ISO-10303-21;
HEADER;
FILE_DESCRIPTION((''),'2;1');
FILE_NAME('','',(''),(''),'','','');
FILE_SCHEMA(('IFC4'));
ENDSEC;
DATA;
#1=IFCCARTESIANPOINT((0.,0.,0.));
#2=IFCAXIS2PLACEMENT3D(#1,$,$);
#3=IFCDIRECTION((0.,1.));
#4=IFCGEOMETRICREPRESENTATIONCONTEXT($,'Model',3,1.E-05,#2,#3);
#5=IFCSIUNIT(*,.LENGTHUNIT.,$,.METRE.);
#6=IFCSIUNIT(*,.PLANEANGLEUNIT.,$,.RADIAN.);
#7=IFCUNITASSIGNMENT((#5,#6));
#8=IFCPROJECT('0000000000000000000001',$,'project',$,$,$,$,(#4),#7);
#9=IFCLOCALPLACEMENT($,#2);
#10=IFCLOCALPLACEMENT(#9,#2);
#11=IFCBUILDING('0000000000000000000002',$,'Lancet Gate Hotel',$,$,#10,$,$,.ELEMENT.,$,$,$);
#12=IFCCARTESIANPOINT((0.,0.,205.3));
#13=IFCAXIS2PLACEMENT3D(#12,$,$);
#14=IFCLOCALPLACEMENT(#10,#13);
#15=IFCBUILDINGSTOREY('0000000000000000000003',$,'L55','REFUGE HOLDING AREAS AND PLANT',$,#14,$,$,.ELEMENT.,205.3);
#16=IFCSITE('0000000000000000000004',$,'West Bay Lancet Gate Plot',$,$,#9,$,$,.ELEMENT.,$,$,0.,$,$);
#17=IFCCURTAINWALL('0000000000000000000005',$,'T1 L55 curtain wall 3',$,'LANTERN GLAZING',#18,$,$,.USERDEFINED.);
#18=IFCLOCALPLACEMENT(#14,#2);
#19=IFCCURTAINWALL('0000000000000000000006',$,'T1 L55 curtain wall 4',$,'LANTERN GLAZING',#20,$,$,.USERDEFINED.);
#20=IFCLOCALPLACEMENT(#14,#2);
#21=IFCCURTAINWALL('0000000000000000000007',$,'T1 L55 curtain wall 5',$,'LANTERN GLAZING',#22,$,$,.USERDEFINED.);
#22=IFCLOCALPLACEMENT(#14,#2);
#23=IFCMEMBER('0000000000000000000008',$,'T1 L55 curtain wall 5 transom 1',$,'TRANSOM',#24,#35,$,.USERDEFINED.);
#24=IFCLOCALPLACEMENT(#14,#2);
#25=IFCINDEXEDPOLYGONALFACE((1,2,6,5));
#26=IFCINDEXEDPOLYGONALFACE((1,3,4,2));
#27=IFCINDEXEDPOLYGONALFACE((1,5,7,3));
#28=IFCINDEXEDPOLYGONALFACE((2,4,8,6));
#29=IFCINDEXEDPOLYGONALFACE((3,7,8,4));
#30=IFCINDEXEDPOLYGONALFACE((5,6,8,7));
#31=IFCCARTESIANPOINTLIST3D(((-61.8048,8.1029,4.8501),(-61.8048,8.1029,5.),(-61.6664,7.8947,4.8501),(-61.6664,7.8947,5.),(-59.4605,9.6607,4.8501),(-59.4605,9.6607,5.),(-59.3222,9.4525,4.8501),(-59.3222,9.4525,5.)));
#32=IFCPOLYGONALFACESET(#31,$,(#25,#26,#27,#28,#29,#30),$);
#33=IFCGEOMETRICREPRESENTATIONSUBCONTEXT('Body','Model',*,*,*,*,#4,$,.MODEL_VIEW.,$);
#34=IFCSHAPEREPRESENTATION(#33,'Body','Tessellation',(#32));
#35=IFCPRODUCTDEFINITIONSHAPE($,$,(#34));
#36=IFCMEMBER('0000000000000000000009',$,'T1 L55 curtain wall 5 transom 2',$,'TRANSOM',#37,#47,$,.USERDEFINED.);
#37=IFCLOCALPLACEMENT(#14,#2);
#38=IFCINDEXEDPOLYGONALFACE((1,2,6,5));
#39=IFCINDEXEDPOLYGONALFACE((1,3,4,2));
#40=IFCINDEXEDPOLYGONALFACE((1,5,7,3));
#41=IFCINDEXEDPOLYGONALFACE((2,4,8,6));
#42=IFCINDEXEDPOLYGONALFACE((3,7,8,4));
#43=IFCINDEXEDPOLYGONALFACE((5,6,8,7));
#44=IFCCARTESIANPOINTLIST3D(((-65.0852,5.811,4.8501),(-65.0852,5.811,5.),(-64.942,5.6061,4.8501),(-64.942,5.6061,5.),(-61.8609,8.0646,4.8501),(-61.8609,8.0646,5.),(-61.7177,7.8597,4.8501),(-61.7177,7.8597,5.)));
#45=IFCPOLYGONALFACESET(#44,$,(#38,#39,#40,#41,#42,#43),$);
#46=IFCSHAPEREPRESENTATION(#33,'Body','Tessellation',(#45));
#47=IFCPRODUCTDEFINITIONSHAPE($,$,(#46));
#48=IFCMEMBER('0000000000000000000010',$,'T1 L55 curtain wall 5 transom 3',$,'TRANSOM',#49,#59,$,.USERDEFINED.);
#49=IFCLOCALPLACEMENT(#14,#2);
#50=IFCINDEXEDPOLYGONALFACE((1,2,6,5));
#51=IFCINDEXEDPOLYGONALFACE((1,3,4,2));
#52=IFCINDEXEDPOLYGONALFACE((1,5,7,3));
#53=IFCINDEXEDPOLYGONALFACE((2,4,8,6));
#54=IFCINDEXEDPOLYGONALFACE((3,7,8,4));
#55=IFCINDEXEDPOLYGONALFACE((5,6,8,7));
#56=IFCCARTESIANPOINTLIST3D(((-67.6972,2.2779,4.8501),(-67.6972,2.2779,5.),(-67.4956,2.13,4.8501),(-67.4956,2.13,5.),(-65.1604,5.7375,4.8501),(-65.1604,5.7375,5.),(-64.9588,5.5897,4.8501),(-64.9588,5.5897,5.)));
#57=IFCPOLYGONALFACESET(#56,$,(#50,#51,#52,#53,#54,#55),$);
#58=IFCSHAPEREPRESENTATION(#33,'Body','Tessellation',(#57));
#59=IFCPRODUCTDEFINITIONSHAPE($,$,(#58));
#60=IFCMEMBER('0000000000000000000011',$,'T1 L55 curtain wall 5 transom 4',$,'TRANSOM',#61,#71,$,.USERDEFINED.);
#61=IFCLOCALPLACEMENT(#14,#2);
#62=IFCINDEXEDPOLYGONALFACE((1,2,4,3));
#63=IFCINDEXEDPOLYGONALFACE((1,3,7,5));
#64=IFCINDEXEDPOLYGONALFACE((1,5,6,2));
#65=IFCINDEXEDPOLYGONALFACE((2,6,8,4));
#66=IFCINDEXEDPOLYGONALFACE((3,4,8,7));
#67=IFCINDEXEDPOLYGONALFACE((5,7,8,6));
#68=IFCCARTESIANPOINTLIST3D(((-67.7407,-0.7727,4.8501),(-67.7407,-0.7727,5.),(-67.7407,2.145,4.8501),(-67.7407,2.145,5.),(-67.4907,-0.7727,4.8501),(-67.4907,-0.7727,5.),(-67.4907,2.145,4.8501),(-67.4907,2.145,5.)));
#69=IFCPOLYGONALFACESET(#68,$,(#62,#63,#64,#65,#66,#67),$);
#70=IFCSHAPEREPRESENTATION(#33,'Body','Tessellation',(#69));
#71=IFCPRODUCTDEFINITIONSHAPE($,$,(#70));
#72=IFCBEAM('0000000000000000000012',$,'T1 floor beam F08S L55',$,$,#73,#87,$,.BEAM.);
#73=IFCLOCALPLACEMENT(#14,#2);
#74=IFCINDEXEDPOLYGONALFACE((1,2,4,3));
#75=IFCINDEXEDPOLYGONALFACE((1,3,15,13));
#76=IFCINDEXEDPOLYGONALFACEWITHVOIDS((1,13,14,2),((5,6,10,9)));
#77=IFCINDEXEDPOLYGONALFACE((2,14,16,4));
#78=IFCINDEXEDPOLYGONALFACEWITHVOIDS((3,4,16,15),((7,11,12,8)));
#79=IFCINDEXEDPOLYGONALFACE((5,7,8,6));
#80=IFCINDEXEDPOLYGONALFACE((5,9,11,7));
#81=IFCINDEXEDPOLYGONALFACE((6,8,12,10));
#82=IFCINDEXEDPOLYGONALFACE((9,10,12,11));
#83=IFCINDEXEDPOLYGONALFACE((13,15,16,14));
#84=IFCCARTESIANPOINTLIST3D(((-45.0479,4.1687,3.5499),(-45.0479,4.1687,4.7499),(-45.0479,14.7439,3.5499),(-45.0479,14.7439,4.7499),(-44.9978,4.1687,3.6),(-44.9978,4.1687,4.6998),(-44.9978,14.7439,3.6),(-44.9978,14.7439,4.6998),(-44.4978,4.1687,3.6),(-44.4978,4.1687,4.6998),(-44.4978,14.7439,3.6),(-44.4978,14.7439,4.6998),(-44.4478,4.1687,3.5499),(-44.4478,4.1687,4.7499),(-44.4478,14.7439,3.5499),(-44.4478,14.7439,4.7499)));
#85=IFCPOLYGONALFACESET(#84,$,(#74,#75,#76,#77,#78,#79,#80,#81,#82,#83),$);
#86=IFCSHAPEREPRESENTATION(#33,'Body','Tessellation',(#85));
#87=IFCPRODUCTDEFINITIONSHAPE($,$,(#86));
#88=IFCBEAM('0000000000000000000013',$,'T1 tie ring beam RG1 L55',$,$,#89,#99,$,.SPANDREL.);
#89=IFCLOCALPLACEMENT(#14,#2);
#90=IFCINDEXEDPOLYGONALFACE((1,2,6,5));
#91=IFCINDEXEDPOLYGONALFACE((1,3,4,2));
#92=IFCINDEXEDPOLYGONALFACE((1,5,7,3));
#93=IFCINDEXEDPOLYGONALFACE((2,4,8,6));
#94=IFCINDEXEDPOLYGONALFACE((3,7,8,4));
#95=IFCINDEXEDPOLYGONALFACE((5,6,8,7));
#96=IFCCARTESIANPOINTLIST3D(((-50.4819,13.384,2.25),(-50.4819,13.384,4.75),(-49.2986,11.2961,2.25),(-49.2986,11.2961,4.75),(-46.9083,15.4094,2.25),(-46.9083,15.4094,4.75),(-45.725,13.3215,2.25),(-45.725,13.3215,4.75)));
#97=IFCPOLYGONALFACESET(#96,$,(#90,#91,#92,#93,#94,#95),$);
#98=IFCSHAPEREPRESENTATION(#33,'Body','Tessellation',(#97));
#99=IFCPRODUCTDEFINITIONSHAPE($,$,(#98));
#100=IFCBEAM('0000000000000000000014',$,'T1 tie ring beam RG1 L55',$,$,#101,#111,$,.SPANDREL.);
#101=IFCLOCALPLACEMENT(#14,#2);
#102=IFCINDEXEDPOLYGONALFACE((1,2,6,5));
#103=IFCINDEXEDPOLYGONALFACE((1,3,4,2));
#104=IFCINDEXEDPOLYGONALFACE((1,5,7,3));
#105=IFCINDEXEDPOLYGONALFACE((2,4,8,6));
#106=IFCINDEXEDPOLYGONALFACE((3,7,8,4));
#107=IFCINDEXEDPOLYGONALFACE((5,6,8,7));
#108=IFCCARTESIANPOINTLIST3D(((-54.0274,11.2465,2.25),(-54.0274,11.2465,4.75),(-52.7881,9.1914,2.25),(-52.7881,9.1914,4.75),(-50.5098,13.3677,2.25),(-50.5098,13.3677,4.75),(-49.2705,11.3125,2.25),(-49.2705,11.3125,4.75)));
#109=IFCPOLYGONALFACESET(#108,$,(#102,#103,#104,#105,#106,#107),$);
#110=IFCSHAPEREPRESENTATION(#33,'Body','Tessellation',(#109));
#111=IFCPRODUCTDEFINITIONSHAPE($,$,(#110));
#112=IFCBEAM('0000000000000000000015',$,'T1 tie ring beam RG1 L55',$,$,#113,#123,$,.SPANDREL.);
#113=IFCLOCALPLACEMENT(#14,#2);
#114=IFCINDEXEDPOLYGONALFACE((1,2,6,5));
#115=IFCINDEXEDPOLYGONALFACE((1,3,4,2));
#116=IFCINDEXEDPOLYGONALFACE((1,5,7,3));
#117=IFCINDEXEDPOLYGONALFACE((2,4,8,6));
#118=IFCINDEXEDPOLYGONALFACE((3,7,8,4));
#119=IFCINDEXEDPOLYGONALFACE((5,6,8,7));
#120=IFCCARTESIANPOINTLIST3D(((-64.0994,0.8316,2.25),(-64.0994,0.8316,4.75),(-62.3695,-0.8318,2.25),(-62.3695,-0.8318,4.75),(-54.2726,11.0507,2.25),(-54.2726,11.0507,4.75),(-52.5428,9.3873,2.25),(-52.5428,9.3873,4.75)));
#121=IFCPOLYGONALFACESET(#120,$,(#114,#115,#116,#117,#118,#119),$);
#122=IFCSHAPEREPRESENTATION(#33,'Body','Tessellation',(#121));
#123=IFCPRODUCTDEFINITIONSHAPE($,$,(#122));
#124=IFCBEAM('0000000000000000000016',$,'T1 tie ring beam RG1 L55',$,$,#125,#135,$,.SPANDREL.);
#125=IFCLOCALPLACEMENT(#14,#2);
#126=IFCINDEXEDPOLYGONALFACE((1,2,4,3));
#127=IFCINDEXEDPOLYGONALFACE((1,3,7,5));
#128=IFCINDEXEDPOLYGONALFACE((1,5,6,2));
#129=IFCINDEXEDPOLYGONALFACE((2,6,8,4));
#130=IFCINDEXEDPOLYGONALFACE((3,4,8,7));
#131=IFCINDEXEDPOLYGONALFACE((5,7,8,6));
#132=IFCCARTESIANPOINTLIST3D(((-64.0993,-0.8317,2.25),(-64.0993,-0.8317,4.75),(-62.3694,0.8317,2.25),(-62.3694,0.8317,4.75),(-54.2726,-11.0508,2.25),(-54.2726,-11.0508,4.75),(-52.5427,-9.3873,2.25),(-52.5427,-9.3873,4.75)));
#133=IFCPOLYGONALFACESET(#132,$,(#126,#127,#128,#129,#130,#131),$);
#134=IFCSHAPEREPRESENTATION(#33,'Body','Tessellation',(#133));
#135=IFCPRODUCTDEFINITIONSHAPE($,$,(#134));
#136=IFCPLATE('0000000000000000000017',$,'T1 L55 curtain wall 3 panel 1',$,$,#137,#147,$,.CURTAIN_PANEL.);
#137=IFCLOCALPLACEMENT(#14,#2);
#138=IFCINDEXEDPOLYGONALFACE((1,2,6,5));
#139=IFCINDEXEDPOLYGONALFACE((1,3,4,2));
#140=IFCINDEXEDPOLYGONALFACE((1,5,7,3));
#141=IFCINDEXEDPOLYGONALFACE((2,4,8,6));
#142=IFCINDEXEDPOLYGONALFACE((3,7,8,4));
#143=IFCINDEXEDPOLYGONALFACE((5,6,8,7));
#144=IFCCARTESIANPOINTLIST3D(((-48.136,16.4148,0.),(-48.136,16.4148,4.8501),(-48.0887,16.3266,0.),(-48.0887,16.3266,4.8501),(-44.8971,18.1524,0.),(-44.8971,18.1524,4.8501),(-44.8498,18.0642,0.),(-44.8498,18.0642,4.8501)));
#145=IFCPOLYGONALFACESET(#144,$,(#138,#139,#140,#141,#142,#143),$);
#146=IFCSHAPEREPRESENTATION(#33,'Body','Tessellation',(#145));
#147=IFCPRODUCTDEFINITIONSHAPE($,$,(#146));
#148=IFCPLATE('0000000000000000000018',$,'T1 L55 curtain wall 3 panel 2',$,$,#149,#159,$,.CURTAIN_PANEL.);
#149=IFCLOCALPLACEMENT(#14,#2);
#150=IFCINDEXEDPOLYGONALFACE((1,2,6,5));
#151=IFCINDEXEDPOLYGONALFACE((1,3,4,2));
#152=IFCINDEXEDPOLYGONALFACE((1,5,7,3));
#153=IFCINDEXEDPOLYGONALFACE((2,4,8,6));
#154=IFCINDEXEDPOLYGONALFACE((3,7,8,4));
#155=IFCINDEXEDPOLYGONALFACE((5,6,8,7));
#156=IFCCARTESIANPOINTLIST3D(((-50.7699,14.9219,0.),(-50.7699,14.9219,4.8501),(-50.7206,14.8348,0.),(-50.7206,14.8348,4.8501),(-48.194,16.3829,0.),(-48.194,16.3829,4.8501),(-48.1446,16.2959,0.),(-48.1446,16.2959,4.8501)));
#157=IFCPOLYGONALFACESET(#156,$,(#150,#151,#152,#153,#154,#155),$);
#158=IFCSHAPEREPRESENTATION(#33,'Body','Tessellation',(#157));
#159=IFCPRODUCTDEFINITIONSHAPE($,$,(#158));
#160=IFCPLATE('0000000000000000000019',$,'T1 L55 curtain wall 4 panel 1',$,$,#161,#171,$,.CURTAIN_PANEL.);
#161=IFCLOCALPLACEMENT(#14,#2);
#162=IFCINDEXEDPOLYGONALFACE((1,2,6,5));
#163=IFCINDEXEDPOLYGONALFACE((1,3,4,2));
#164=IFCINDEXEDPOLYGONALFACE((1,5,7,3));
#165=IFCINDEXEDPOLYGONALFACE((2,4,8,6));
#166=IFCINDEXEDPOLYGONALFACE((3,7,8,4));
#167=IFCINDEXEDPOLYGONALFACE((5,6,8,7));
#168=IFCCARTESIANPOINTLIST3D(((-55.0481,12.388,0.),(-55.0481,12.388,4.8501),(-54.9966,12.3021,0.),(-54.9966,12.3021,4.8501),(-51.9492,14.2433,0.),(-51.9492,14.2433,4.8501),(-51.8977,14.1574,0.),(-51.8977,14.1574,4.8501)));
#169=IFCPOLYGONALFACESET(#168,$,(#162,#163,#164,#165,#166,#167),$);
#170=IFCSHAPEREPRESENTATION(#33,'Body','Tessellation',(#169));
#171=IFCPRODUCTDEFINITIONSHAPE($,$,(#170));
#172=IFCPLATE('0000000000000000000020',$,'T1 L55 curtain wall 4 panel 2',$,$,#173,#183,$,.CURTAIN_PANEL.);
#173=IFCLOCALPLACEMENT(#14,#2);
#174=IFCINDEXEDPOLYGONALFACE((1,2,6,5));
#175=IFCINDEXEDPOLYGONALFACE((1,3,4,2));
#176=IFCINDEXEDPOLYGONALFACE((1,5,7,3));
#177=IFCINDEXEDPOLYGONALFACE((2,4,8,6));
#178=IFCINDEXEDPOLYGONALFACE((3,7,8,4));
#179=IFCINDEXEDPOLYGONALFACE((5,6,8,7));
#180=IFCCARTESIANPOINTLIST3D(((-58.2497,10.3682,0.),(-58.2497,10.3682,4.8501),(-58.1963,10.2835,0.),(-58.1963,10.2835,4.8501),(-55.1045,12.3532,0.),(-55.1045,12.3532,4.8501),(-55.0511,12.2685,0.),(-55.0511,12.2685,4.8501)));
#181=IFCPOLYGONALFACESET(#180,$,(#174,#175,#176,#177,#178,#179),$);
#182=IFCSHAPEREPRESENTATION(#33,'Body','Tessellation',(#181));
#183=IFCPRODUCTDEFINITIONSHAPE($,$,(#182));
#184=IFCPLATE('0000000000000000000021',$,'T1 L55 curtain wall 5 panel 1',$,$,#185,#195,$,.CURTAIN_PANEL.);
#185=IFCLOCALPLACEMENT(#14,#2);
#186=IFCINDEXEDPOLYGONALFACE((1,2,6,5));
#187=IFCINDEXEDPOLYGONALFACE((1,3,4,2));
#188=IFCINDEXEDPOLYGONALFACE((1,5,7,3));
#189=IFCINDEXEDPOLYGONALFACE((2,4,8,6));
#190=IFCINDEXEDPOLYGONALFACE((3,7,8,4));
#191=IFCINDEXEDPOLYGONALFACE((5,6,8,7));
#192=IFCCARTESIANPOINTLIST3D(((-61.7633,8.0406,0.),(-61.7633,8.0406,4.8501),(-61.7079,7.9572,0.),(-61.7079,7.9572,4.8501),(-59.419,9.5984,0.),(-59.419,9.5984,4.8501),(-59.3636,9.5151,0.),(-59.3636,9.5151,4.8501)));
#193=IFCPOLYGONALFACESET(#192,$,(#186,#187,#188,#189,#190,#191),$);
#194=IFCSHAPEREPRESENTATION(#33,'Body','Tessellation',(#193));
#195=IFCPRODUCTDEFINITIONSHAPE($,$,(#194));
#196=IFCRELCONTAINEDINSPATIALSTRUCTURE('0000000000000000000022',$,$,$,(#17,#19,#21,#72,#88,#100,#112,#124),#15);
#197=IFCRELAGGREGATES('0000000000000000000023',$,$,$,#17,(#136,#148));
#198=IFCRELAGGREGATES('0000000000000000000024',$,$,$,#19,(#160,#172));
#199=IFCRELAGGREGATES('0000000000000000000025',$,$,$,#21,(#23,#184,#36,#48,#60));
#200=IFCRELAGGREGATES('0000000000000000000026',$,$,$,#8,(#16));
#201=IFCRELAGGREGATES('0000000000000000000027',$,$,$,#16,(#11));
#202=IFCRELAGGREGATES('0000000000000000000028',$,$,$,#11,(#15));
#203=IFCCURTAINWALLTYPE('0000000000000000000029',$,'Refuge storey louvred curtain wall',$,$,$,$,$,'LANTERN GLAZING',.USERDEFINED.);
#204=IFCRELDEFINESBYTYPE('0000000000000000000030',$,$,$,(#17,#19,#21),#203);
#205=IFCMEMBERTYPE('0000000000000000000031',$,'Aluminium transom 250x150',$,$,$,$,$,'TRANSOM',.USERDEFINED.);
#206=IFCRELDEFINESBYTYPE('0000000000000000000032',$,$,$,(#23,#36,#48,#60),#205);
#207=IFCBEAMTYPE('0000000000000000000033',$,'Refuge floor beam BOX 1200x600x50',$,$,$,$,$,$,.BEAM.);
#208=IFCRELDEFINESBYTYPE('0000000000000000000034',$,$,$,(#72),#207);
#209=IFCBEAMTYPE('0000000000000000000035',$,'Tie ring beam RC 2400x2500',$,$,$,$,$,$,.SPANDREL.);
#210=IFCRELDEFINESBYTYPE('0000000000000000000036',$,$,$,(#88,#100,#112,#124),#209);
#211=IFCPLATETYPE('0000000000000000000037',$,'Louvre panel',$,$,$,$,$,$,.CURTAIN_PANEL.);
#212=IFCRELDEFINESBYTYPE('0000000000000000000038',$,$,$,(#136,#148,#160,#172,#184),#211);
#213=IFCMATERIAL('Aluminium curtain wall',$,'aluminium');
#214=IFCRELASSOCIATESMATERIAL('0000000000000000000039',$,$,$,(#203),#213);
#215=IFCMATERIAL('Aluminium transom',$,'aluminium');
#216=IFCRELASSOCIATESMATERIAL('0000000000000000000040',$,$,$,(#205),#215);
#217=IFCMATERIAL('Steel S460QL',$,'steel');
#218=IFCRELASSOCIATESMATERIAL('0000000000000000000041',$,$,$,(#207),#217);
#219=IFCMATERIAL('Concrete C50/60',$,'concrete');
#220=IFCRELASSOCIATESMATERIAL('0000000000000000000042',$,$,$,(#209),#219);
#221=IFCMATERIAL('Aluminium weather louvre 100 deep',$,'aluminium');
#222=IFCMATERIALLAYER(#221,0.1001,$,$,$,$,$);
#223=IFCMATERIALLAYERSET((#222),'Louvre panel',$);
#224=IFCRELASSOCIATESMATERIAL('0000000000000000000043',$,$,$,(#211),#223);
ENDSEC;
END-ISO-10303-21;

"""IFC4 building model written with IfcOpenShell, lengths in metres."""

from ifc_helpers import new_model, si_unit, direction, frame, origin, origin_2d, place, context, subcontext, project, spatial, rectangle, hollow_rectangle, extrude, material, layer, layer_set, material_profile, profile_set, type_object, element, aggregate, save


model = new_model("IFC4")

# Units and contexts
model_context = context("Model", 3, precision=1e-05, world=origin(), true_north=direction((0.0, 1.0)))
body_context = subcontext(model_context, "Body", "Model", "MODEL_VIEW")
ifc_project = project(units=[si_unit("LENGTHUNIT", "METRE"), si_unit("PLANEANGLEUNIT", "RADIAN")], contexts=[model_context])

# Site, building, storey
site_placement = place(None, origin())
site = spatial("IfcSite", under=ifc_project, at=site_placement, Name="West Bay Lancet Gate Plot", CompositionType="ELEMENT", RefElevation=0.0)
building_placement = place(site_placement, origin())
building = spatial("IfcBuilding", under=site, at=building_placement, Name="Lancet Gate Hotel", CompositionType="ELEMENT")
storey_placement = place(building_placement, frame((0.0, 0.0, 205.3)))
storey = spatial("IfcBuildingStorey", under=building, at=storey_placement, Name="L55", Description="REFUGE HOLDING AREAS AND PLANT", CompositionType="ELEMENT", Elevation=205.3)

# Curtain walls
ifc_material_1 = material(Name="Aluminium curtain wall", Category="aluminium")
curtain_wall_type = type_object("IfcCurtainWallType", Name="Refuge storey louvred curtain wall", ElementType="LANTERN GLAZING", PredefinedType="USERDEFINED", material=ifc_material_1)
curtain_wall_1_placement = place(storey_placement, origin())
curtain_wall_1 = element("IfcCurtainWall", 1, at=curtain_wall_1_placement, inside=storey, type_object=curtain_wall_type, Name="T1 L55 curtain wall 3", ObjectType="LANTERN GLAZING", PredefinedType="USERDEFINED")
curtain_wall_2_placement = place(storey_placement, origin())
curtain_wall_2 = element("IfcCurtainWall", 2, at=curtain_wall_2_placement, inside=storey, type_object=curtain_wall_type, Name="T1 L55 curtain wall 4", ObjectType="LANTERN GLAZING", PredefinedType="USERDEFINED")
curtain_wall_3_placement = place(storey_placement, origin())
curtain_wall_3 = element("IfcCurtainWall", 3, at=curtain_wall_3_placement, inside=storey, type_object=curtain_wall_type, Name="T1 L55 curtain wall 5", ObjectType="LANTERN GLAZING", PredefinedType="USERDEFINED")

# Members
ifc_material_2 = material(Name="Aluminium transom", Category="aluminium")
ifc_material_profile_1 = material_profile(ifc_material_2, rectangle(XDim=0.25, YDim=0.1499, at=origin_2d()), Name="TRANSOM 250x150")
ifc_profile_set_1 = profile_set([ifc_material_profile_1], Name="Aluminium transom")
member_type_1 = type_object("IfcMemberType", Name="Aluminium transom 250x150", ElementType="TRANSOM", PredefinedType="USERDEFINED", material=ifc_profile_set_1)
member_1_placement = place(storey_placement, frame((-59.3914, 9.5566, 4.925), z_axis=(-0.832863, -0.553479, 0.0), x_axis=(0.553479, -0.832863, 0.0)))
member_1 = element("IfcMember", 4, at=member_1_placement, type_object=member_type_1, Name="T1 L55 curtain wall 5 transom 1", ObjectType="TRANSOM", PredefinedType="USERDEFINED", context=body_context, shape_type="SweptSolid", body=[
    extrude(rectangle(XDim=0.25, YDim=0.1499, at=origin_2d()), origin(), (0.0, 0.0, 1.0), 2.8147),
])
member_2_placement = place(storey_placement, frame((-61.7893, 7.9622, 4.925), z_axis=(-0.819637, -0.572883, 0.0), x_axis=(0.572883, -0.819637, 0.0)))
member_2 = element("IfcMember", 5, at=member_2_placement, type_object=member_type_1, Name="T1 L55 curtain wall 5 transom 2", ObjectType="TRANSOM", PredefinedType="USERDEFINED", context=body_context, shape_type="SweptSolid", body=[
    extrude(rectangle(XDim=0.25, YDim=0.1499, at=origin_2d()), origin(), (0.0, 0.0, 1.0), 3.9338),
])
member_3_placement = place(storey_placement, frame((-65.0596, 5.6636, 4.925), z_axis=(-0.591324, -0.806434, 0.0), x_axis=(0.806434, -0.591324, 0.0)))
member_3 = element("IfcMember", 6, at=member_3_placement, type_object=member_type_1, Name="T1 L55 curtain wall 5 transom 3", ObjectType="TRANSOM", PredefinedType="USERDEFINED", context=body_context, shape_type="SweptSolid", body=[
    extrude(rectangle(XDim=0.25, YDim=0.1499, at=origin_2d()), origin(), (0.0, 0.0, 1.0), 4.29),
])
member_4_placement = place(storey_placement, frame((-67.6157, 2.145, 4.925), z_axis=(0.0, -1.0, 0.0), x_axis=(1.0, 0.0, 0.0)))
member_4 = element("IfcMember", 7, at=member_4_placement, type_object=member_type_1, Name="T1 L55 curtain wall 5 transom 4", ObjectType="TRANSOM", PredefinedType="USERDEFINED", context=body_context, shape_type="SweptSolid", body=[
    extrude(rectangle(XDim=0.25, YDim=0.1499, at=origin_2d()), origin(), (0.0, 0.0, 1.0), 2.9177),
])

# Beams
ifc_material_3 = material(Name="Steel S460QL", Category="steel")
ifc_material_profile_2 = material_profile(ifc_material_3, hollow_rectangle(XDim=0.6001, YDim=1.2, WallThickness=0.05, at=origin_2d()), Name="BOX 1200x600x50")
ifc_profile_set_2 = profile_set([ifc_material_profile_2], Name="Steel S460QL")
beam_type_1 = type_object("IfcBeamType", Name="Refuge floor beam BOX 1200x600x50", PredefinedType="BEAM", material=ifc_profile_set_2)
beam_placement = place(storey_placement, frame((-44.7478, 14.7439, 4.1499), z_axis=(0.0, -1.0, 0.0), x_axis=(1.0, 0.0, 0.0)))
element("IfcBeam", 8, at=beam_placement, inside=storey, type_object=beam_type_1, Name="T1 floor beam F08S L55", PredefinedType="BEAM", context=body_context, shape_type="SweptSolid", body=[
    extrude(hollow_rectangle(XDim=0.6001, YDim=1.2, WallThickness=0.05, at=origin_2d()), origin(), (0.0, 0.0, 1.0), 10.5752),
])
ifc_material_4 = material(Name="Concrete C50/60", Category="concrete")
ifc_material_profile_3 = material_profile(ifc_material_4, rectangle(XDim=2.3999, YDim=2.5, at=origin_2d()), Name="RC 2400x2500")
ifc_profile_set_3 = profile_set([ifc_material_profile_3], Name="Concrete C50/60")
beam_type_2 = type_object("IfcBeamType", Name="Tie ring beam RC 2400x2500", PredefinedType="SPANDREL", material=ifc_profile_set_3)
for number, where, z_axis, x_axis, name in (
    (9, (-46.3167, 14.3655, 3.5), (-0.869979, -0.493089, 0.0), (0.493089, -0.869979, 0.0), "T1 tie ring beam RG1 L55"),
    (10, (-49.8901, 12.3401, 3.5), (-0.856358, -0.516382, 0.0), (0.516382, -0.856358, 0.0), "T1 tie ring beam RG1 L55"),
):
    element("IfcBeam", number, at=place(storey_placement, frame(where, z_axis=z_axis, x_axis=x_axis)), inside=storey, type_object=beam_type_2, Name=name, PredefinedType="SPANDREL", context=body_context, shape_type="SweptSolid", body=[
        extrude(rectangle(XDim=2.3999, YDim=2.5, at=origin_2d()), origin(), (0.0, 0.0, 1.0), 4.1077),
    ])
for number, where, z_axis, x_axis, name in (
    (11, (-53.4077, 10.219, 3.5), (-0.693135, -0.720808, 0.0), (0.720808, -0.693135, 0.0), "T1 tie ring beam RG1 L55"),
    (12, (-63.2344, 0.0, 3.5), (0.693135, -0.720808, 0.0), (0.720808, 0.693135, 0.0), "T1 tie ring beam RG1 L55"),
):
    element("IfcBeam", number, at=place(storey_placement, frame(where, z_axis=z_axis, x_axis=x_axis)), inside=storey, type_object=beam_type_2, Name=name, PredefinedType="SPANDREL", context=body_context, shape_type="SweptSolid", body=[
        extrude(rectangle(XDim=2.3999, YDim=2.5, at=origin_2d()), origin(), (0.0, 0.0, 1.0), 14.1772),
    ])

# Plates
ifc_material_5 = material(Name="Aluminium weather louvre 100 deep", Category="aluminium")
ifc_layer_1 = layer(ifc_material_5, 0.1001)
ifc_layer_set_1 = layer_set([ifc_layer_1], Name="Louvre panel")
plate_type = type_object("IfcPlateType", Name="Louvre panel", PredefinedType="CURTAIN_PANEL", material=ifc_layer_set_1)
plate_1_placement = place(storey_placement, frame((-46.4929, 17.2395, 0.0), z_axis=(0.0, 0.0, 1.0), x_axis=(-0.881195, -0.472753, 0.0)))
plate_1 = element("IfcPlate", 13, at=plate_1_placement, type_object=plate_type, Name="T1 L55 curtain wall 3 panel 1", PredefinedType="CURTAIN_PANEL", context=body_context, shape_type="SweptSolid", body=[
    extrude(rectangle(XDim=3.6755, YDim=0.1001, at=origin_2d()), origin(), (0.0, 0.0, 1.0), 4.8501),
])
plate_2_placement = place(storey_placement, frame((-49.4573, 15.6089, 0.0), z_axis=(0.0, 0.0, 1.0), x_axis=(-0.869831, -0.493349, 0.0)))
plate_2 = element("IfcPlate", 14, at=plate_2_placement, type_object=plate_type, Name="T1 L55 curtain wall 3 panel 2", PredefinedType="CURTAIN_PANEL", context=body_context, shape_type="SweptSolid", body=[
    extrude(rectangle(XDim=2.9614, YDim=0.1001, at=origin_2d()), origin(), (0.0, 0.0, 1.0), 4.8501),
])
aggregate(curtain_wall_1, [plate_1, plate_2])
plate_3_placement = place(storey_placement, frame((-53.4729, 13.2727, 0.0), z_axis=(0.0, 0.0, 1.0), x_axis=(-0.857987, -0.513672, 0.0)))
plate_3 = element("IfcPlate", 15, at=plate_3_placement, type_object=plate_type, Name="T1 L55 curtain wall 4 panel 1", PredefinedType="CURTAIN_PANEL", context=body_context, shape_type="SweptSolid", body=[
    extrude(rectangle(XDim=3.6118, YDim=0.1001, at=origin_2d()), origin(), (0.0, 0.0, 1.0), 4.8501),
])
plate_4_placement = place(storey_placement, frame((-56.6504, 11.3184, 0.0), z_axis=(0.0, 0.0, 1.0), x_axis=(-0.845667, -0.533711, 0.0)))
plate_4 = element("IfcPlate", 16, at=plate_4_placement, type_object=plate_type, Name="T1 L55 curtain wall 4 panel 2", PredefinedType="CURTAIN_PANEL", context=body_context, shape_type="SweptSolid", body=[
    extrude(rectangle(XDim=3.7192, YDim=0.1001, at=origin_2d()), origin(), (0.0, 0.0, 1.0), 4.8501),
])
aggregate(curtain_wall_2, [plate_3, plate_4])
plate_5_placement = place(storey_placement, frame((-60.5635, 8.7778, 0.0), z_axis=(0.0, 0.0, 1.0), x_axis=(-0.832879, -0.553455, 0.0)))
plate_5 = element("IfcPlate", 17, at=plate_5_placement, type_object=plate_type, Name="T1 L55 curtain wall 5 panel 1", PredefinedType="CURTAIN_PANEL", context=body_context, shape_type="SweptSolid", body=[
    extrude(rectangle(XDim=2.8147, YDim=0.1001, at=origin_2d()), origin(), (0.0, 0.0, 1.0), 4.8501),
])
aggregate(curtain_wall_3, [member_1, plate_5, member_2, member_3, member_4])

save(model, "model.ifc")
